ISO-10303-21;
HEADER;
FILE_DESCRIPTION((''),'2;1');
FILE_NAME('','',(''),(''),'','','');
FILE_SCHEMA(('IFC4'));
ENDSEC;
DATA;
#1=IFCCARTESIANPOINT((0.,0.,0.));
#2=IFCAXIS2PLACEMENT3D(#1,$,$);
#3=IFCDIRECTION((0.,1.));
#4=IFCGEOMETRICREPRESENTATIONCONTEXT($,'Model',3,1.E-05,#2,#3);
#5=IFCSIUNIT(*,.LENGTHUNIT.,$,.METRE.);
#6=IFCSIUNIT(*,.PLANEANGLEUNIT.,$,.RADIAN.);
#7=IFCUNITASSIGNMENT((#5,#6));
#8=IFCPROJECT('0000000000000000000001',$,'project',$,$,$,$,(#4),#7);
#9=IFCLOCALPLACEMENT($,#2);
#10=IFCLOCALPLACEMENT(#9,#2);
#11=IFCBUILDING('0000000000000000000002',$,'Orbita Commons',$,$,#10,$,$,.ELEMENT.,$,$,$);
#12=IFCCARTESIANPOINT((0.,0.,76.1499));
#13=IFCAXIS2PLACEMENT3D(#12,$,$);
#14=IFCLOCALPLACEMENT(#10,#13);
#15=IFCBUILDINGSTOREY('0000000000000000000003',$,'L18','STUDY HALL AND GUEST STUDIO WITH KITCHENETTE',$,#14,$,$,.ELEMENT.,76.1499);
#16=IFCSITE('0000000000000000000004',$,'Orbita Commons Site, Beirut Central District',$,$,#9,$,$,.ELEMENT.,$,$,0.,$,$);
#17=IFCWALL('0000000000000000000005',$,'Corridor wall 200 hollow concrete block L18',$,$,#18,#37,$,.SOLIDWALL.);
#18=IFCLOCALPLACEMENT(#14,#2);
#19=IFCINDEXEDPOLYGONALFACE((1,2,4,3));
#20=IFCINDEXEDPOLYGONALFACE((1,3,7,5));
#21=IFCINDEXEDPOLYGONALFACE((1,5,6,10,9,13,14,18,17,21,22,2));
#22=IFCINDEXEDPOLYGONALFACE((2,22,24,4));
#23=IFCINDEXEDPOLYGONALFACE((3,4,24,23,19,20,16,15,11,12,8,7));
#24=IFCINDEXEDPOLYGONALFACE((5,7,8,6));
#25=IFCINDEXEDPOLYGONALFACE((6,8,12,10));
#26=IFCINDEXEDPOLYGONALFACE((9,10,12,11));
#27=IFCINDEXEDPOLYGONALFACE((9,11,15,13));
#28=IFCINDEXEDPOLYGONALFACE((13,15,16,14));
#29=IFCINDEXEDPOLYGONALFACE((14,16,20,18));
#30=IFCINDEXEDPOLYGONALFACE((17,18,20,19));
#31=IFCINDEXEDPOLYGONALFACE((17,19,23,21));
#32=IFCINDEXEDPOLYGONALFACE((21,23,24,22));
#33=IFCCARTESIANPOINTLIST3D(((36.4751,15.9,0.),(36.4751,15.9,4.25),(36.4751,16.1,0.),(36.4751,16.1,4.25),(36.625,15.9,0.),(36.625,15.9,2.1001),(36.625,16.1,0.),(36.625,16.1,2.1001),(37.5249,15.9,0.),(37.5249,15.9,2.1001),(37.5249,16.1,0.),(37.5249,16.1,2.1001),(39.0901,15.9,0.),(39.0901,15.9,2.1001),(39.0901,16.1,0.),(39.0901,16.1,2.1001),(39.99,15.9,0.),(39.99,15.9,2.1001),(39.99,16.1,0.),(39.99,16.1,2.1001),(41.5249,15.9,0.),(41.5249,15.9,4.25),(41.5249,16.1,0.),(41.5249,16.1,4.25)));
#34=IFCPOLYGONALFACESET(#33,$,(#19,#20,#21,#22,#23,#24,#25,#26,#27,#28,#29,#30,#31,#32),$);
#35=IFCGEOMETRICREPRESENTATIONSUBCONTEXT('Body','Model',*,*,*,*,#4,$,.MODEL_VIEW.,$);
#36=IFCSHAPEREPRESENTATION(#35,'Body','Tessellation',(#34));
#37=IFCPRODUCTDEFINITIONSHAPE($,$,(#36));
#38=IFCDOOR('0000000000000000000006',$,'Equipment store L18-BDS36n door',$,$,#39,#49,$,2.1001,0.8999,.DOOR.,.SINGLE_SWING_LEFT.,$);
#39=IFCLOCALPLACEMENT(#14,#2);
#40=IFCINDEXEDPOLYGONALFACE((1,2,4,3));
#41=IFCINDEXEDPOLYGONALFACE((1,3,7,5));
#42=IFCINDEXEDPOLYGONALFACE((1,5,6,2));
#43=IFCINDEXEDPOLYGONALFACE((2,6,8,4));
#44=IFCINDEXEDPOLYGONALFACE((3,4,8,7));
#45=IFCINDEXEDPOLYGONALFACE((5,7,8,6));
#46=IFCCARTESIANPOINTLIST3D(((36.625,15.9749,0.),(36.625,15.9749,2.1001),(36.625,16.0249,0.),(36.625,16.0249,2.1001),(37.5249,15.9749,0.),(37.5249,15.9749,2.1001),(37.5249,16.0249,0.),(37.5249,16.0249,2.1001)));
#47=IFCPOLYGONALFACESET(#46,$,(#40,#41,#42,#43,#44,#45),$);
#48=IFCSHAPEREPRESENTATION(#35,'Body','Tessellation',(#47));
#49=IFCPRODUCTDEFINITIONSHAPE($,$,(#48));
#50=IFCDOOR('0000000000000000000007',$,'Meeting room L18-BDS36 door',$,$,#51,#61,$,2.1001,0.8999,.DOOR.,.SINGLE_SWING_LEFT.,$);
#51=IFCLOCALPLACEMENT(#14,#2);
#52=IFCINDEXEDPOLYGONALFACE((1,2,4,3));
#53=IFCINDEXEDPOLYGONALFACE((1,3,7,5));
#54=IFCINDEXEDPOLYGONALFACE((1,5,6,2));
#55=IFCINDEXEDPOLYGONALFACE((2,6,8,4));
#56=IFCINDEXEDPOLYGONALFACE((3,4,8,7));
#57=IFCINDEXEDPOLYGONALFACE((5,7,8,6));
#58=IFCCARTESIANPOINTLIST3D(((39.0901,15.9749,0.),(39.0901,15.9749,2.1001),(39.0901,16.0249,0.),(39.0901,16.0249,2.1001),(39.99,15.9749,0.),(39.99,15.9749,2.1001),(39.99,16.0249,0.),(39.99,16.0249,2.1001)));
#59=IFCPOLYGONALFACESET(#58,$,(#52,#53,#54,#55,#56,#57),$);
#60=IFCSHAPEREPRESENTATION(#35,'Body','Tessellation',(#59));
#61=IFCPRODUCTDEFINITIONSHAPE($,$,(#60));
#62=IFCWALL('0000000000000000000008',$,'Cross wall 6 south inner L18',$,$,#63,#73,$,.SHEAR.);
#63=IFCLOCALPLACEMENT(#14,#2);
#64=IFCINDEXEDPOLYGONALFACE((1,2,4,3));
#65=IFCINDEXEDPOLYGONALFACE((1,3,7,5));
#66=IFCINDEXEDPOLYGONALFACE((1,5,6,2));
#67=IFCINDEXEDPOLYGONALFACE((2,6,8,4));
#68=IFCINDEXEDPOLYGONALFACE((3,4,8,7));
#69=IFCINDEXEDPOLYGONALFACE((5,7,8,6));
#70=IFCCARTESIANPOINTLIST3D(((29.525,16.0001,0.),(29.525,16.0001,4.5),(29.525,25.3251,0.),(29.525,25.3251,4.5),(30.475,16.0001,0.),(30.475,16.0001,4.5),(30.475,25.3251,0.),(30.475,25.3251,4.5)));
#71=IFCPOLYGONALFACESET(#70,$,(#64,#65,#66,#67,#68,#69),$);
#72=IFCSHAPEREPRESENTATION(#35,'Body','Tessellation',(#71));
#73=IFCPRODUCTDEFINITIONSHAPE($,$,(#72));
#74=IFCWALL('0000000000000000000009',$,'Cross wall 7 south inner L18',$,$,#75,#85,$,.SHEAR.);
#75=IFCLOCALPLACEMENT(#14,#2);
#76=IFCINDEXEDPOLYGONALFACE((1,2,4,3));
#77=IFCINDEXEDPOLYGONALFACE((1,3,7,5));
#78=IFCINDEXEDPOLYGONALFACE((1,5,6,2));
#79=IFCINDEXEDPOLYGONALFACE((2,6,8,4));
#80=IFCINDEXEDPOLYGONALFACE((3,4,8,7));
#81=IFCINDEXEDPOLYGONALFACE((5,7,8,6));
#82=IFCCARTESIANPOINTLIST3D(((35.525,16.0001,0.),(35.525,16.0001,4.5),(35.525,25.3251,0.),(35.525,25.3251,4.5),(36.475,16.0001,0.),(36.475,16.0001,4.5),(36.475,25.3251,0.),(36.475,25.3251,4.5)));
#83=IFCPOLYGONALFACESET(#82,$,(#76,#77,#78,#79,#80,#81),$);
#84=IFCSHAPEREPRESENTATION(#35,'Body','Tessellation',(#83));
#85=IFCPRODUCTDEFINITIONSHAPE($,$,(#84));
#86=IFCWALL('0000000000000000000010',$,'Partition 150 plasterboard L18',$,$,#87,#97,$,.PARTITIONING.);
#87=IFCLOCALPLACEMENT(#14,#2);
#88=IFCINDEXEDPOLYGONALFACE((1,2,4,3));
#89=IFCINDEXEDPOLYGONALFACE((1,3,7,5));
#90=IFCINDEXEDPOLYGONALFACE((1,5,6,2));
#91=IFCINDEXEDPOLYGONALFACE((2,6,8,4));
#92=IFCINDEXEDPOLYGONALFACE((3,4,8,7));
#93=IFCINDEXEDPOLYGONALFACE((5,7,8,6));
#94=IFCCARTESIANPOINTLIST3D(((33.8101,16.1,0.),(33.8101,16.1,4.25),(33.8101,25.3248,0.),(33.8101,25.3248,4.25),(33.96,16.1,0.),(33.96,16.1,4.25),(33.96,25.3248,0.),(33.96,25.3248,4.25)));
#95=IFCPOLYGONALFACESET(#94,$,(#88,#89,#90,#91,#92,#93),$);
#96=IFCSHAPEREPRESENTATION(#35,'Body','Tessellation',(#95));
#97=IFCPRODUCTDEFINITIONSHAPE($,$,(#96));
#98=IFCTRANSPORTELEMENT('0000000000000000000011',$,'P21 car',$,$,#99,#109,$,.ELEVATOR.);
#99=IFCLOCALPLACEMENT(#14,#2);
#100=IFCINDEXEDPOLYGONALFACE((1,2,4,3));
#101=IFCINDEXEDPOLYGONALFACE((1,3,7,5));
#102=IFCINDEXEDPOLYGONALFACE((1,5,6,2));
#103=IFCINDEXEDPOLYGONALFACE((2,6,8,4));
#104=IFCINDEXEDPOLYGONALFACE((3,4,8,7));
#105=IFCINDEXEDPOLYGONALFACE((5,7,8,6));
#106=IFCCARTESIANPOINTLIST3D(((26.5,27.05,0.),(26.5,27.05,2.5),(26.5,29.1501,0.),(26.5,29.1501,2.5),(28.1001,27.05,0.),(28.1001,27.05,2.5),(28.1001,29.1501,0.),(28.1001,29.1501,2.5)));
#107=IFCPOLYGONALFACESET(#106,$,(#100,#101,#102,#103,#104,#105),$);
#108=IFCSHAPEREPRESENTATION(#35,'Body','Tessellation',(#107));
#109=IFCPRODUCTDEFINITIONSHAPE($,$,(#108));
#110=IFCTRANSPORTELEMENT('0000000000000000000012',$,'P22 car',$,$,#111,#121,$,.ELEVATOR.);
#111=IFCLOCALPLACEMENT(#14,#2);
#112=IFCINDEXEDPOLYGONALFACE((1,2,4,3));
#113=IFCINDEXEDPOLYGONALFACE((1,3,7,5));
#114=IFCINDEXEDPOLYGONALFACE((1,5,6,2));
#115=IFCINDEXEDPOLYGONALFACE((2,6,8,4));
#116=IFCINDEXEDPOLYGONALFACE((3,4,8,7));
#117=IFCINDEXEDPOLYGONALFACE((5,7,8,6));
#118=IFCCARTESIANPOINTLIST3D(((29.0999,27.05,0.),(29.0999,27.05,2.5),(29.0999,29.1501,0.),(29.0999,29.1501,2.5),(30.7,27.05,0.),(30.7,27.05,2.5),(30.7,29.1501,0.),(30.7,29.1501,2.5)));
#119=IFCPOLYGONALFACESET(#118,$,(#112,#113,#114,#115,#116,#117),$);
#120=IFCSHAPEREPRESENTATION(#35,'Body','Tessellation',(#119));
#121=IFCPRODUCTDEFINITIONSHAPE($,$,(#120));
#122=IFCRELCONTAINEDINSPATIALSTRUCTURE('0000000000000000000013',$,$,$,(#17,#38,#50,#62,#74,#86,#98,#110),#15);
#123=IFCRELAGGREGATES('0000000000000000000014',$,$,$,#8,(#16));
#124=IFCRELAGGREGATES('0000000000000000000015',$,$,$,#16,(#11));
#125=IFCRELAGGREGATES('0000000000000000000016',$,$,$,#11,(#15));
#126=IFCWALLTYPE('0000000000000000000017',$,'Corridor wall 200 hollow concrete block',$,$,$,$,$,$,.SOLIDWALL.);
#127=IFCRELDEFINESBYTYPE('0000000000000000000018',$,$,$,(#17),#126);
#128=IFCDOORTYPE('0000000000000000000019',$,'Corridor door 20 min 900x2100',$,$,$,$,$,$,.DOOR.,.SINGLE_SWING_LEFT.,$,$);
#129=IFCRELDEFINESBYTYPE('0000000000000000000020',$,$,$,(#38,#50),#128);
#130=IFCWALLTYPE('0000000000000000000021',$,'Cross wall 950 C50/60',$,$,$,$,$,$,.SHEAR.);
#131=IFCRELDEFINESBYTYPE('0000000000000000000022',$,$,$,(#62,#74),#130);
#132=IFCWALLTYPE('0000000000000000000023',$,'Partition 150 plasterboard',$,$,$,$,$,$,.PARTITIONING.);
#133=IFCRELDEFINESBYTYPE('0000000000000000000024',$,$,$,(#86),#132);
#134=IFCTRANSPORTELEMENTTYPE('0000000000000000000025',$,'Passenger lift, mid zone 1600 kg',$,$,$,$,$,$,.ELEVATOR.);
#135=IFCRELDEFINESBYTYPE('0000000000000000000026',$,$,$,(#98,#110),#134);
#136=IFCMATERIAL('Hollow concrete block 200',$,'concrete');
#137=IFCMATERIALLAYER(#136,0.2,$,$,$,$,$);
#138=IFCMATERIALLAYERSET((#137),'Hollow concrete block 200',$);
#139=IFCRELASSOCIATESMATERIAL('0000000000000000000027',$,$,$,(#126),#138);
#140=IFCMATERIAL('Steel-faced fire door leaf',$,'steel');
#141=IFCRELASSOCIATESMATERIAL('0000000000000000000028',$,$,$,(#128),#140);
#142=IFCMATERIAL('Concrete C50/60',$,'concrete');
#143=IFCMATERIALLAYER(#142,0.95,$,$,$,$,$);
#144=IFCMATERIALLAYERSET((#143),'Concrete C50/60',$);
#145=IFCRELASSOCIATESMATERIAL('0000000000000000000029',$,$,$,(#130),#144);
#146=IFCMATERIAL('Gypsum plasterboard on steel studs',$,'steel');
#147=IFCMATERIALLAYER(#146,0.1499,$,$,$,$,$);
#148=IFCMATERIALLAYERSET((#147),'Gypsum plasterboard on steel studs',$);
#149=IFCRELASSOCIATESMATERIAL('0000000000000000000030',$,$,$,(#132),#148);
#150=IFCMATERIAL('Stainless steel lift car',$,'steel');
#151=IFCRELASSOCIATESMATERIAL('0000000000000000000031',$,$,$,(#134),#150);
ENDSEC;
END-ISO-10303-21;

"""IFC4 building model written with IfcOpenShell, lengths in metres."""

from ifc_helpers import new_model, si_unit, direction, frame, frame_2d, origin, origin_2d, place, context, subcontext, project, spatial, rectangle, extrude, material, layer, layer_set, type_object, element, fill, save


model = new_model("IFC4")

# Units and contexts
model_context = context("Model", 3, precision=1e-05, world=origin(), true_north=direction((0.0, 1.0)))
body_context = subcontext(model_context, "Body", "Model", "MODEL_VIEW")
ifc_project = project(units=[si_unit("LENGTHUNIT", "METRE"), si_unit("PLANEANGLEUNIT", "RADIAN")], contexts=[model_context])

# Site, building, storey
site_placement = place(None, origin())
site = spatial("IfcSite", under=ifc_project, at=site_placement, Name="Orbita Commons Site, Beirut Central District", CompositionType="ELEMENT", RefElevation=0.0)
building_placement = place(site_placement, origin())
building = spatial("IfcBuilding", under=site, at=building_placement, Name="Orbita Commons", CompositionType="ELEMENT")
storey_placement = place(building_placement, frame((0.0, 0.0, 76.1499)))
storey = spatial("IfcBuildingStorey", under=building, at=storey_placement, Name="L18", Description="STUDY HALL AND GUEST STUDIO WITH KITCHENETTE", CompositionType="ELEMENT", Elevation=76.1499)

# Shared definitions
ifc_material_1 = material(Name="Hollow concrete block 200", Category="concrete")
ifc_layer_1 = layer(ifc_material_1, 0.2)
ifc_layer_set_1 = layer_set([ifc_layer_1], Name="Hollow concrete block 200")
wall_type_1 = type_object("IfcWallType", Name="Corridor wall 200 hollow concrete block", PredefinedType="SOLIDWALL", material=ifc_layer_set_1)

# Wall, openings, doors
ifc_material_2 = material(Name="Steel-faced fire door leaf", Category="steel")
door_type_1 = type_object("IfcDoorType", Name="Corridor door 20 min 900x2100", OperationType="SINGLE_SWING_LEFT", PredefinedType="DOOR", material=ifc_material_2)
wall_1_placement = place(storey_placement, frame((36.4751, 16.0, 0.0), z_axis=(0.0, 0.0, 1.0), x_axis=(1.0, 0.0, 0.0)))
wall_1 = element("IfcWall", 1, at=wall_1_placement, inside=storey, type_object=wall_type_1, Name="Corridor wall 200 hollow concrete block L18", PredefinedType="SOLIDWALL", context=body_context, shape_type="SweptSolid", body=[
    extrude(rectangle(XDim=5.0498, YDim=0.2, at=frame_2d((2.5249, 0.0))), origin(), (0.0, 0.0, 1.0), 4.25),
])
opening_1_placement = place(wall_1_placement, frame((0.1499, 0.0, 0.0)))
opening_1 = element("IfcOpeningElement", 2, at=opening_1_placement, cuts=wall_1, PredefinedType="OPENING", context=body_context, shape_type="SweptSolid", body=[
    extrude(rectangle(XDim=0.8999, YDim=2.1001, at=frame_2d((0.45, 1.05))), frame((0.0, 0.1099, 0.0), z_axis=(0.0, -1.0, 0.0), x_axis=(1.0, 0.0, 0.0)), (0.0, 0.0, 1.0), 0.22),
])
opening_2_placement = place(wall_1_placement, frame((2.615, 0.0, 0.0)))
opening_2 = element("IfcOpeningElement", 3, at=opening_2_placement, cuts=wall_1, PredefinedType="OPENING", context=body_context, shape_type="SweptSolid", body=[
    extrude(rectangle(XDim=0.8999, YDim=2.1001, at=frame_2d((0.45, 1.05))), frame((0.0, 0.1099, 0.0), z_axis=(0.0, -1.0, 0.0), x_axis=(1.0, 0.0, 0.0)), (0.0, 0.0, 1.0), 0.22),
])
door_1_placement = place(opening_1_placement, origin())
door_1 = element("IfcDoor", 4, at=door_1_placement, inside=storey, type_object=door_type_1, Name="Equipment store L18-BDS36n door", OperationType="SINGLE_SWING_LEFT", OverallHeight=2.1001, OverallWidth=0.8999, PredefinedType="DOOR", context=body_context, shape_type="SweptSolid", body=[
    extrude(rectangle(XDim=0.8999, YDim=2.1001, at=frame_2d((0.45, 1.05))), frame((0.0, 0.0249, 0.0), z_axis=(0.0, -1.0, 0.0), x_axis=(1.0, 0.0, 0.0)), (0.0, 0.0, 1.0), 0.05),
])
fill(opening_1, door_1)
door_2_placement = place(opening_2_placement, origin())
door_2 = element("IfcDoor", 5, at=door_2_placement, inside=storey, type_object=door_type_1, Name="Meeting room L18-BDS36 door", OperationType="SINGLE_SWING_LEFT", OverallHeight=2.1001, OverallWidth=0.8999, PredefinedType="DOOR", context=body_context, shape_type="SweptSolid", body=[
    extrude(rectangle(XDim=0.8999, YDim=2.1001, at=frame_2d((0.45, 1.05))), frame((0.0, 0.0249, 0.0), z_axis=(0.0, -1.0, 0.0), x_axis=(1.0, 0.0, 0.0)), (0.0, 0.0, 1.0), 0.05),
])
fill(opening_2, door_2)

# Walls
ifc_material_3 = material(Name="Concrete C50/60", Category="concrete")
ifc_layer_2 = layer(ifc_material_3, 0.95)
ifc_layer_set_2 = layer_set([ifc_layer_2], Name="Concrete C50/60")
wall_type_2 = type_object("IfcWallType", Name="Cross wall 950 C50/60", PredefinedType="SHEAR", material=ifc_layer_set_2)
for number, where, z_axis, x_axis, name in (
    (6, (30.0, 16.0, 0.0), (0.0, 0.0, 1.0), (0.0, 1.0, 0.0), "Cross wall 6 south inner L18"),
    (7, (36.0, 16.0, 0.0), (0.0, 0.0, 1.0), (0.0, 1.0, 0.0), "Cross wall 7 south inner L18"),
):
    element("IfcWall", number, at=place(storey_placement, frame(where, z_axis=z_axis, x_axis=x_axis)), inside=storey, type_object=wall_type_2, Name=name, PredefinedType="SHEAR", context=body_context, shape_type="SweptSolid", body=[
        extrude(rectangle(XDim=9.325, YDim=0.95, at=frame_2d((4.6626, 0.0))), origin(), (0.0, 0.0, 1.0), 4.5),
    ])
ifc_material_4 = material(Name="Gypsum plasterboard on steel studs", Category="steel")
ifc_layer_3 = layer(ifc_material_4, 0.1499)
ifc_layer_set_3 = layer_set([ifc_layer_3], Name="Gypsum plasterboard on steel studs")
wall_type_3 = type_object("IfcWallType", Name="Partition 150 plasterboard", PredefinedType="PARTITIONING", material=ifc_layer_set_3)
wall_2_placement = place(storey_placement, frame((33.885, 16.1001, 0.0), z_axis=(0.0, 0.0, 1.0), x_axis=(0.0, 1.0, 0.0)))
element("IfcWall", 8, at=wall_2_placement, inside=storey, type_object=wall_type_3, Name="Partition 150 plasterboard L18", PredefinedType="PARTITIONING", context=body_context, shape_type="SweptSolid", body=[
    extrude(rectangle(XDim=9.2249, YDim=0.1499, at=frame_2d((4.6123, 0.0))), origin(), (0.0, 0.0, 1.0), 4.25),
])

# Transport elements
ifc_material_5 = material(Name="Stainless steel lift car", Category="steel")
transport_element_type = type_object("IfcTransportElementType", Name="Passenger lift, mid zone 1600 kg", PredefinedType="ELEVATOR", material=ifc_material_5)
transport_element_1_placement = place(storey_placement, frame((27.3, 28.1001, 0.0), z_axis=(0.0, 0.0, 1.0), x_axis=(1.0, 0.0, 0.0)))
element("IfcTransportElement", 9, at=transport_element_1_placement, inside=storey, type_object=transport_element_type, Name="P21 car", PredefinedType="ELEVATOR", context=body_context, shape_type="SweptSolid", body=[
    extrude(rectangle(XDim=1.6001, YDim=2.1001, at=origin_2d()), origin(), (0.0, 0.0, 1.0), 2.5),
])
transport_element_2_placement = place(storey_placement, frame((29.8999, 28.1001, 0.0), z_axis=(0.0, 0.0, 1.0), x_axis=(1.0, 0.0, 0.0)))
element("IfcTransportElement", 10, at=transport_element_2_placement, inside=storey, type_object=transport_element_type, Name="P22 car", PredefinedType="ELEVATOR", context=body_context, shape_type="SweptSolid", body=[
    extrude(rectangle(XDim=1.6001, YDim=2.1001, at=origin_2d()), origin(), (0.0, 0.0, 1.0), 2.5),
])

save(model, "model.ifc")
